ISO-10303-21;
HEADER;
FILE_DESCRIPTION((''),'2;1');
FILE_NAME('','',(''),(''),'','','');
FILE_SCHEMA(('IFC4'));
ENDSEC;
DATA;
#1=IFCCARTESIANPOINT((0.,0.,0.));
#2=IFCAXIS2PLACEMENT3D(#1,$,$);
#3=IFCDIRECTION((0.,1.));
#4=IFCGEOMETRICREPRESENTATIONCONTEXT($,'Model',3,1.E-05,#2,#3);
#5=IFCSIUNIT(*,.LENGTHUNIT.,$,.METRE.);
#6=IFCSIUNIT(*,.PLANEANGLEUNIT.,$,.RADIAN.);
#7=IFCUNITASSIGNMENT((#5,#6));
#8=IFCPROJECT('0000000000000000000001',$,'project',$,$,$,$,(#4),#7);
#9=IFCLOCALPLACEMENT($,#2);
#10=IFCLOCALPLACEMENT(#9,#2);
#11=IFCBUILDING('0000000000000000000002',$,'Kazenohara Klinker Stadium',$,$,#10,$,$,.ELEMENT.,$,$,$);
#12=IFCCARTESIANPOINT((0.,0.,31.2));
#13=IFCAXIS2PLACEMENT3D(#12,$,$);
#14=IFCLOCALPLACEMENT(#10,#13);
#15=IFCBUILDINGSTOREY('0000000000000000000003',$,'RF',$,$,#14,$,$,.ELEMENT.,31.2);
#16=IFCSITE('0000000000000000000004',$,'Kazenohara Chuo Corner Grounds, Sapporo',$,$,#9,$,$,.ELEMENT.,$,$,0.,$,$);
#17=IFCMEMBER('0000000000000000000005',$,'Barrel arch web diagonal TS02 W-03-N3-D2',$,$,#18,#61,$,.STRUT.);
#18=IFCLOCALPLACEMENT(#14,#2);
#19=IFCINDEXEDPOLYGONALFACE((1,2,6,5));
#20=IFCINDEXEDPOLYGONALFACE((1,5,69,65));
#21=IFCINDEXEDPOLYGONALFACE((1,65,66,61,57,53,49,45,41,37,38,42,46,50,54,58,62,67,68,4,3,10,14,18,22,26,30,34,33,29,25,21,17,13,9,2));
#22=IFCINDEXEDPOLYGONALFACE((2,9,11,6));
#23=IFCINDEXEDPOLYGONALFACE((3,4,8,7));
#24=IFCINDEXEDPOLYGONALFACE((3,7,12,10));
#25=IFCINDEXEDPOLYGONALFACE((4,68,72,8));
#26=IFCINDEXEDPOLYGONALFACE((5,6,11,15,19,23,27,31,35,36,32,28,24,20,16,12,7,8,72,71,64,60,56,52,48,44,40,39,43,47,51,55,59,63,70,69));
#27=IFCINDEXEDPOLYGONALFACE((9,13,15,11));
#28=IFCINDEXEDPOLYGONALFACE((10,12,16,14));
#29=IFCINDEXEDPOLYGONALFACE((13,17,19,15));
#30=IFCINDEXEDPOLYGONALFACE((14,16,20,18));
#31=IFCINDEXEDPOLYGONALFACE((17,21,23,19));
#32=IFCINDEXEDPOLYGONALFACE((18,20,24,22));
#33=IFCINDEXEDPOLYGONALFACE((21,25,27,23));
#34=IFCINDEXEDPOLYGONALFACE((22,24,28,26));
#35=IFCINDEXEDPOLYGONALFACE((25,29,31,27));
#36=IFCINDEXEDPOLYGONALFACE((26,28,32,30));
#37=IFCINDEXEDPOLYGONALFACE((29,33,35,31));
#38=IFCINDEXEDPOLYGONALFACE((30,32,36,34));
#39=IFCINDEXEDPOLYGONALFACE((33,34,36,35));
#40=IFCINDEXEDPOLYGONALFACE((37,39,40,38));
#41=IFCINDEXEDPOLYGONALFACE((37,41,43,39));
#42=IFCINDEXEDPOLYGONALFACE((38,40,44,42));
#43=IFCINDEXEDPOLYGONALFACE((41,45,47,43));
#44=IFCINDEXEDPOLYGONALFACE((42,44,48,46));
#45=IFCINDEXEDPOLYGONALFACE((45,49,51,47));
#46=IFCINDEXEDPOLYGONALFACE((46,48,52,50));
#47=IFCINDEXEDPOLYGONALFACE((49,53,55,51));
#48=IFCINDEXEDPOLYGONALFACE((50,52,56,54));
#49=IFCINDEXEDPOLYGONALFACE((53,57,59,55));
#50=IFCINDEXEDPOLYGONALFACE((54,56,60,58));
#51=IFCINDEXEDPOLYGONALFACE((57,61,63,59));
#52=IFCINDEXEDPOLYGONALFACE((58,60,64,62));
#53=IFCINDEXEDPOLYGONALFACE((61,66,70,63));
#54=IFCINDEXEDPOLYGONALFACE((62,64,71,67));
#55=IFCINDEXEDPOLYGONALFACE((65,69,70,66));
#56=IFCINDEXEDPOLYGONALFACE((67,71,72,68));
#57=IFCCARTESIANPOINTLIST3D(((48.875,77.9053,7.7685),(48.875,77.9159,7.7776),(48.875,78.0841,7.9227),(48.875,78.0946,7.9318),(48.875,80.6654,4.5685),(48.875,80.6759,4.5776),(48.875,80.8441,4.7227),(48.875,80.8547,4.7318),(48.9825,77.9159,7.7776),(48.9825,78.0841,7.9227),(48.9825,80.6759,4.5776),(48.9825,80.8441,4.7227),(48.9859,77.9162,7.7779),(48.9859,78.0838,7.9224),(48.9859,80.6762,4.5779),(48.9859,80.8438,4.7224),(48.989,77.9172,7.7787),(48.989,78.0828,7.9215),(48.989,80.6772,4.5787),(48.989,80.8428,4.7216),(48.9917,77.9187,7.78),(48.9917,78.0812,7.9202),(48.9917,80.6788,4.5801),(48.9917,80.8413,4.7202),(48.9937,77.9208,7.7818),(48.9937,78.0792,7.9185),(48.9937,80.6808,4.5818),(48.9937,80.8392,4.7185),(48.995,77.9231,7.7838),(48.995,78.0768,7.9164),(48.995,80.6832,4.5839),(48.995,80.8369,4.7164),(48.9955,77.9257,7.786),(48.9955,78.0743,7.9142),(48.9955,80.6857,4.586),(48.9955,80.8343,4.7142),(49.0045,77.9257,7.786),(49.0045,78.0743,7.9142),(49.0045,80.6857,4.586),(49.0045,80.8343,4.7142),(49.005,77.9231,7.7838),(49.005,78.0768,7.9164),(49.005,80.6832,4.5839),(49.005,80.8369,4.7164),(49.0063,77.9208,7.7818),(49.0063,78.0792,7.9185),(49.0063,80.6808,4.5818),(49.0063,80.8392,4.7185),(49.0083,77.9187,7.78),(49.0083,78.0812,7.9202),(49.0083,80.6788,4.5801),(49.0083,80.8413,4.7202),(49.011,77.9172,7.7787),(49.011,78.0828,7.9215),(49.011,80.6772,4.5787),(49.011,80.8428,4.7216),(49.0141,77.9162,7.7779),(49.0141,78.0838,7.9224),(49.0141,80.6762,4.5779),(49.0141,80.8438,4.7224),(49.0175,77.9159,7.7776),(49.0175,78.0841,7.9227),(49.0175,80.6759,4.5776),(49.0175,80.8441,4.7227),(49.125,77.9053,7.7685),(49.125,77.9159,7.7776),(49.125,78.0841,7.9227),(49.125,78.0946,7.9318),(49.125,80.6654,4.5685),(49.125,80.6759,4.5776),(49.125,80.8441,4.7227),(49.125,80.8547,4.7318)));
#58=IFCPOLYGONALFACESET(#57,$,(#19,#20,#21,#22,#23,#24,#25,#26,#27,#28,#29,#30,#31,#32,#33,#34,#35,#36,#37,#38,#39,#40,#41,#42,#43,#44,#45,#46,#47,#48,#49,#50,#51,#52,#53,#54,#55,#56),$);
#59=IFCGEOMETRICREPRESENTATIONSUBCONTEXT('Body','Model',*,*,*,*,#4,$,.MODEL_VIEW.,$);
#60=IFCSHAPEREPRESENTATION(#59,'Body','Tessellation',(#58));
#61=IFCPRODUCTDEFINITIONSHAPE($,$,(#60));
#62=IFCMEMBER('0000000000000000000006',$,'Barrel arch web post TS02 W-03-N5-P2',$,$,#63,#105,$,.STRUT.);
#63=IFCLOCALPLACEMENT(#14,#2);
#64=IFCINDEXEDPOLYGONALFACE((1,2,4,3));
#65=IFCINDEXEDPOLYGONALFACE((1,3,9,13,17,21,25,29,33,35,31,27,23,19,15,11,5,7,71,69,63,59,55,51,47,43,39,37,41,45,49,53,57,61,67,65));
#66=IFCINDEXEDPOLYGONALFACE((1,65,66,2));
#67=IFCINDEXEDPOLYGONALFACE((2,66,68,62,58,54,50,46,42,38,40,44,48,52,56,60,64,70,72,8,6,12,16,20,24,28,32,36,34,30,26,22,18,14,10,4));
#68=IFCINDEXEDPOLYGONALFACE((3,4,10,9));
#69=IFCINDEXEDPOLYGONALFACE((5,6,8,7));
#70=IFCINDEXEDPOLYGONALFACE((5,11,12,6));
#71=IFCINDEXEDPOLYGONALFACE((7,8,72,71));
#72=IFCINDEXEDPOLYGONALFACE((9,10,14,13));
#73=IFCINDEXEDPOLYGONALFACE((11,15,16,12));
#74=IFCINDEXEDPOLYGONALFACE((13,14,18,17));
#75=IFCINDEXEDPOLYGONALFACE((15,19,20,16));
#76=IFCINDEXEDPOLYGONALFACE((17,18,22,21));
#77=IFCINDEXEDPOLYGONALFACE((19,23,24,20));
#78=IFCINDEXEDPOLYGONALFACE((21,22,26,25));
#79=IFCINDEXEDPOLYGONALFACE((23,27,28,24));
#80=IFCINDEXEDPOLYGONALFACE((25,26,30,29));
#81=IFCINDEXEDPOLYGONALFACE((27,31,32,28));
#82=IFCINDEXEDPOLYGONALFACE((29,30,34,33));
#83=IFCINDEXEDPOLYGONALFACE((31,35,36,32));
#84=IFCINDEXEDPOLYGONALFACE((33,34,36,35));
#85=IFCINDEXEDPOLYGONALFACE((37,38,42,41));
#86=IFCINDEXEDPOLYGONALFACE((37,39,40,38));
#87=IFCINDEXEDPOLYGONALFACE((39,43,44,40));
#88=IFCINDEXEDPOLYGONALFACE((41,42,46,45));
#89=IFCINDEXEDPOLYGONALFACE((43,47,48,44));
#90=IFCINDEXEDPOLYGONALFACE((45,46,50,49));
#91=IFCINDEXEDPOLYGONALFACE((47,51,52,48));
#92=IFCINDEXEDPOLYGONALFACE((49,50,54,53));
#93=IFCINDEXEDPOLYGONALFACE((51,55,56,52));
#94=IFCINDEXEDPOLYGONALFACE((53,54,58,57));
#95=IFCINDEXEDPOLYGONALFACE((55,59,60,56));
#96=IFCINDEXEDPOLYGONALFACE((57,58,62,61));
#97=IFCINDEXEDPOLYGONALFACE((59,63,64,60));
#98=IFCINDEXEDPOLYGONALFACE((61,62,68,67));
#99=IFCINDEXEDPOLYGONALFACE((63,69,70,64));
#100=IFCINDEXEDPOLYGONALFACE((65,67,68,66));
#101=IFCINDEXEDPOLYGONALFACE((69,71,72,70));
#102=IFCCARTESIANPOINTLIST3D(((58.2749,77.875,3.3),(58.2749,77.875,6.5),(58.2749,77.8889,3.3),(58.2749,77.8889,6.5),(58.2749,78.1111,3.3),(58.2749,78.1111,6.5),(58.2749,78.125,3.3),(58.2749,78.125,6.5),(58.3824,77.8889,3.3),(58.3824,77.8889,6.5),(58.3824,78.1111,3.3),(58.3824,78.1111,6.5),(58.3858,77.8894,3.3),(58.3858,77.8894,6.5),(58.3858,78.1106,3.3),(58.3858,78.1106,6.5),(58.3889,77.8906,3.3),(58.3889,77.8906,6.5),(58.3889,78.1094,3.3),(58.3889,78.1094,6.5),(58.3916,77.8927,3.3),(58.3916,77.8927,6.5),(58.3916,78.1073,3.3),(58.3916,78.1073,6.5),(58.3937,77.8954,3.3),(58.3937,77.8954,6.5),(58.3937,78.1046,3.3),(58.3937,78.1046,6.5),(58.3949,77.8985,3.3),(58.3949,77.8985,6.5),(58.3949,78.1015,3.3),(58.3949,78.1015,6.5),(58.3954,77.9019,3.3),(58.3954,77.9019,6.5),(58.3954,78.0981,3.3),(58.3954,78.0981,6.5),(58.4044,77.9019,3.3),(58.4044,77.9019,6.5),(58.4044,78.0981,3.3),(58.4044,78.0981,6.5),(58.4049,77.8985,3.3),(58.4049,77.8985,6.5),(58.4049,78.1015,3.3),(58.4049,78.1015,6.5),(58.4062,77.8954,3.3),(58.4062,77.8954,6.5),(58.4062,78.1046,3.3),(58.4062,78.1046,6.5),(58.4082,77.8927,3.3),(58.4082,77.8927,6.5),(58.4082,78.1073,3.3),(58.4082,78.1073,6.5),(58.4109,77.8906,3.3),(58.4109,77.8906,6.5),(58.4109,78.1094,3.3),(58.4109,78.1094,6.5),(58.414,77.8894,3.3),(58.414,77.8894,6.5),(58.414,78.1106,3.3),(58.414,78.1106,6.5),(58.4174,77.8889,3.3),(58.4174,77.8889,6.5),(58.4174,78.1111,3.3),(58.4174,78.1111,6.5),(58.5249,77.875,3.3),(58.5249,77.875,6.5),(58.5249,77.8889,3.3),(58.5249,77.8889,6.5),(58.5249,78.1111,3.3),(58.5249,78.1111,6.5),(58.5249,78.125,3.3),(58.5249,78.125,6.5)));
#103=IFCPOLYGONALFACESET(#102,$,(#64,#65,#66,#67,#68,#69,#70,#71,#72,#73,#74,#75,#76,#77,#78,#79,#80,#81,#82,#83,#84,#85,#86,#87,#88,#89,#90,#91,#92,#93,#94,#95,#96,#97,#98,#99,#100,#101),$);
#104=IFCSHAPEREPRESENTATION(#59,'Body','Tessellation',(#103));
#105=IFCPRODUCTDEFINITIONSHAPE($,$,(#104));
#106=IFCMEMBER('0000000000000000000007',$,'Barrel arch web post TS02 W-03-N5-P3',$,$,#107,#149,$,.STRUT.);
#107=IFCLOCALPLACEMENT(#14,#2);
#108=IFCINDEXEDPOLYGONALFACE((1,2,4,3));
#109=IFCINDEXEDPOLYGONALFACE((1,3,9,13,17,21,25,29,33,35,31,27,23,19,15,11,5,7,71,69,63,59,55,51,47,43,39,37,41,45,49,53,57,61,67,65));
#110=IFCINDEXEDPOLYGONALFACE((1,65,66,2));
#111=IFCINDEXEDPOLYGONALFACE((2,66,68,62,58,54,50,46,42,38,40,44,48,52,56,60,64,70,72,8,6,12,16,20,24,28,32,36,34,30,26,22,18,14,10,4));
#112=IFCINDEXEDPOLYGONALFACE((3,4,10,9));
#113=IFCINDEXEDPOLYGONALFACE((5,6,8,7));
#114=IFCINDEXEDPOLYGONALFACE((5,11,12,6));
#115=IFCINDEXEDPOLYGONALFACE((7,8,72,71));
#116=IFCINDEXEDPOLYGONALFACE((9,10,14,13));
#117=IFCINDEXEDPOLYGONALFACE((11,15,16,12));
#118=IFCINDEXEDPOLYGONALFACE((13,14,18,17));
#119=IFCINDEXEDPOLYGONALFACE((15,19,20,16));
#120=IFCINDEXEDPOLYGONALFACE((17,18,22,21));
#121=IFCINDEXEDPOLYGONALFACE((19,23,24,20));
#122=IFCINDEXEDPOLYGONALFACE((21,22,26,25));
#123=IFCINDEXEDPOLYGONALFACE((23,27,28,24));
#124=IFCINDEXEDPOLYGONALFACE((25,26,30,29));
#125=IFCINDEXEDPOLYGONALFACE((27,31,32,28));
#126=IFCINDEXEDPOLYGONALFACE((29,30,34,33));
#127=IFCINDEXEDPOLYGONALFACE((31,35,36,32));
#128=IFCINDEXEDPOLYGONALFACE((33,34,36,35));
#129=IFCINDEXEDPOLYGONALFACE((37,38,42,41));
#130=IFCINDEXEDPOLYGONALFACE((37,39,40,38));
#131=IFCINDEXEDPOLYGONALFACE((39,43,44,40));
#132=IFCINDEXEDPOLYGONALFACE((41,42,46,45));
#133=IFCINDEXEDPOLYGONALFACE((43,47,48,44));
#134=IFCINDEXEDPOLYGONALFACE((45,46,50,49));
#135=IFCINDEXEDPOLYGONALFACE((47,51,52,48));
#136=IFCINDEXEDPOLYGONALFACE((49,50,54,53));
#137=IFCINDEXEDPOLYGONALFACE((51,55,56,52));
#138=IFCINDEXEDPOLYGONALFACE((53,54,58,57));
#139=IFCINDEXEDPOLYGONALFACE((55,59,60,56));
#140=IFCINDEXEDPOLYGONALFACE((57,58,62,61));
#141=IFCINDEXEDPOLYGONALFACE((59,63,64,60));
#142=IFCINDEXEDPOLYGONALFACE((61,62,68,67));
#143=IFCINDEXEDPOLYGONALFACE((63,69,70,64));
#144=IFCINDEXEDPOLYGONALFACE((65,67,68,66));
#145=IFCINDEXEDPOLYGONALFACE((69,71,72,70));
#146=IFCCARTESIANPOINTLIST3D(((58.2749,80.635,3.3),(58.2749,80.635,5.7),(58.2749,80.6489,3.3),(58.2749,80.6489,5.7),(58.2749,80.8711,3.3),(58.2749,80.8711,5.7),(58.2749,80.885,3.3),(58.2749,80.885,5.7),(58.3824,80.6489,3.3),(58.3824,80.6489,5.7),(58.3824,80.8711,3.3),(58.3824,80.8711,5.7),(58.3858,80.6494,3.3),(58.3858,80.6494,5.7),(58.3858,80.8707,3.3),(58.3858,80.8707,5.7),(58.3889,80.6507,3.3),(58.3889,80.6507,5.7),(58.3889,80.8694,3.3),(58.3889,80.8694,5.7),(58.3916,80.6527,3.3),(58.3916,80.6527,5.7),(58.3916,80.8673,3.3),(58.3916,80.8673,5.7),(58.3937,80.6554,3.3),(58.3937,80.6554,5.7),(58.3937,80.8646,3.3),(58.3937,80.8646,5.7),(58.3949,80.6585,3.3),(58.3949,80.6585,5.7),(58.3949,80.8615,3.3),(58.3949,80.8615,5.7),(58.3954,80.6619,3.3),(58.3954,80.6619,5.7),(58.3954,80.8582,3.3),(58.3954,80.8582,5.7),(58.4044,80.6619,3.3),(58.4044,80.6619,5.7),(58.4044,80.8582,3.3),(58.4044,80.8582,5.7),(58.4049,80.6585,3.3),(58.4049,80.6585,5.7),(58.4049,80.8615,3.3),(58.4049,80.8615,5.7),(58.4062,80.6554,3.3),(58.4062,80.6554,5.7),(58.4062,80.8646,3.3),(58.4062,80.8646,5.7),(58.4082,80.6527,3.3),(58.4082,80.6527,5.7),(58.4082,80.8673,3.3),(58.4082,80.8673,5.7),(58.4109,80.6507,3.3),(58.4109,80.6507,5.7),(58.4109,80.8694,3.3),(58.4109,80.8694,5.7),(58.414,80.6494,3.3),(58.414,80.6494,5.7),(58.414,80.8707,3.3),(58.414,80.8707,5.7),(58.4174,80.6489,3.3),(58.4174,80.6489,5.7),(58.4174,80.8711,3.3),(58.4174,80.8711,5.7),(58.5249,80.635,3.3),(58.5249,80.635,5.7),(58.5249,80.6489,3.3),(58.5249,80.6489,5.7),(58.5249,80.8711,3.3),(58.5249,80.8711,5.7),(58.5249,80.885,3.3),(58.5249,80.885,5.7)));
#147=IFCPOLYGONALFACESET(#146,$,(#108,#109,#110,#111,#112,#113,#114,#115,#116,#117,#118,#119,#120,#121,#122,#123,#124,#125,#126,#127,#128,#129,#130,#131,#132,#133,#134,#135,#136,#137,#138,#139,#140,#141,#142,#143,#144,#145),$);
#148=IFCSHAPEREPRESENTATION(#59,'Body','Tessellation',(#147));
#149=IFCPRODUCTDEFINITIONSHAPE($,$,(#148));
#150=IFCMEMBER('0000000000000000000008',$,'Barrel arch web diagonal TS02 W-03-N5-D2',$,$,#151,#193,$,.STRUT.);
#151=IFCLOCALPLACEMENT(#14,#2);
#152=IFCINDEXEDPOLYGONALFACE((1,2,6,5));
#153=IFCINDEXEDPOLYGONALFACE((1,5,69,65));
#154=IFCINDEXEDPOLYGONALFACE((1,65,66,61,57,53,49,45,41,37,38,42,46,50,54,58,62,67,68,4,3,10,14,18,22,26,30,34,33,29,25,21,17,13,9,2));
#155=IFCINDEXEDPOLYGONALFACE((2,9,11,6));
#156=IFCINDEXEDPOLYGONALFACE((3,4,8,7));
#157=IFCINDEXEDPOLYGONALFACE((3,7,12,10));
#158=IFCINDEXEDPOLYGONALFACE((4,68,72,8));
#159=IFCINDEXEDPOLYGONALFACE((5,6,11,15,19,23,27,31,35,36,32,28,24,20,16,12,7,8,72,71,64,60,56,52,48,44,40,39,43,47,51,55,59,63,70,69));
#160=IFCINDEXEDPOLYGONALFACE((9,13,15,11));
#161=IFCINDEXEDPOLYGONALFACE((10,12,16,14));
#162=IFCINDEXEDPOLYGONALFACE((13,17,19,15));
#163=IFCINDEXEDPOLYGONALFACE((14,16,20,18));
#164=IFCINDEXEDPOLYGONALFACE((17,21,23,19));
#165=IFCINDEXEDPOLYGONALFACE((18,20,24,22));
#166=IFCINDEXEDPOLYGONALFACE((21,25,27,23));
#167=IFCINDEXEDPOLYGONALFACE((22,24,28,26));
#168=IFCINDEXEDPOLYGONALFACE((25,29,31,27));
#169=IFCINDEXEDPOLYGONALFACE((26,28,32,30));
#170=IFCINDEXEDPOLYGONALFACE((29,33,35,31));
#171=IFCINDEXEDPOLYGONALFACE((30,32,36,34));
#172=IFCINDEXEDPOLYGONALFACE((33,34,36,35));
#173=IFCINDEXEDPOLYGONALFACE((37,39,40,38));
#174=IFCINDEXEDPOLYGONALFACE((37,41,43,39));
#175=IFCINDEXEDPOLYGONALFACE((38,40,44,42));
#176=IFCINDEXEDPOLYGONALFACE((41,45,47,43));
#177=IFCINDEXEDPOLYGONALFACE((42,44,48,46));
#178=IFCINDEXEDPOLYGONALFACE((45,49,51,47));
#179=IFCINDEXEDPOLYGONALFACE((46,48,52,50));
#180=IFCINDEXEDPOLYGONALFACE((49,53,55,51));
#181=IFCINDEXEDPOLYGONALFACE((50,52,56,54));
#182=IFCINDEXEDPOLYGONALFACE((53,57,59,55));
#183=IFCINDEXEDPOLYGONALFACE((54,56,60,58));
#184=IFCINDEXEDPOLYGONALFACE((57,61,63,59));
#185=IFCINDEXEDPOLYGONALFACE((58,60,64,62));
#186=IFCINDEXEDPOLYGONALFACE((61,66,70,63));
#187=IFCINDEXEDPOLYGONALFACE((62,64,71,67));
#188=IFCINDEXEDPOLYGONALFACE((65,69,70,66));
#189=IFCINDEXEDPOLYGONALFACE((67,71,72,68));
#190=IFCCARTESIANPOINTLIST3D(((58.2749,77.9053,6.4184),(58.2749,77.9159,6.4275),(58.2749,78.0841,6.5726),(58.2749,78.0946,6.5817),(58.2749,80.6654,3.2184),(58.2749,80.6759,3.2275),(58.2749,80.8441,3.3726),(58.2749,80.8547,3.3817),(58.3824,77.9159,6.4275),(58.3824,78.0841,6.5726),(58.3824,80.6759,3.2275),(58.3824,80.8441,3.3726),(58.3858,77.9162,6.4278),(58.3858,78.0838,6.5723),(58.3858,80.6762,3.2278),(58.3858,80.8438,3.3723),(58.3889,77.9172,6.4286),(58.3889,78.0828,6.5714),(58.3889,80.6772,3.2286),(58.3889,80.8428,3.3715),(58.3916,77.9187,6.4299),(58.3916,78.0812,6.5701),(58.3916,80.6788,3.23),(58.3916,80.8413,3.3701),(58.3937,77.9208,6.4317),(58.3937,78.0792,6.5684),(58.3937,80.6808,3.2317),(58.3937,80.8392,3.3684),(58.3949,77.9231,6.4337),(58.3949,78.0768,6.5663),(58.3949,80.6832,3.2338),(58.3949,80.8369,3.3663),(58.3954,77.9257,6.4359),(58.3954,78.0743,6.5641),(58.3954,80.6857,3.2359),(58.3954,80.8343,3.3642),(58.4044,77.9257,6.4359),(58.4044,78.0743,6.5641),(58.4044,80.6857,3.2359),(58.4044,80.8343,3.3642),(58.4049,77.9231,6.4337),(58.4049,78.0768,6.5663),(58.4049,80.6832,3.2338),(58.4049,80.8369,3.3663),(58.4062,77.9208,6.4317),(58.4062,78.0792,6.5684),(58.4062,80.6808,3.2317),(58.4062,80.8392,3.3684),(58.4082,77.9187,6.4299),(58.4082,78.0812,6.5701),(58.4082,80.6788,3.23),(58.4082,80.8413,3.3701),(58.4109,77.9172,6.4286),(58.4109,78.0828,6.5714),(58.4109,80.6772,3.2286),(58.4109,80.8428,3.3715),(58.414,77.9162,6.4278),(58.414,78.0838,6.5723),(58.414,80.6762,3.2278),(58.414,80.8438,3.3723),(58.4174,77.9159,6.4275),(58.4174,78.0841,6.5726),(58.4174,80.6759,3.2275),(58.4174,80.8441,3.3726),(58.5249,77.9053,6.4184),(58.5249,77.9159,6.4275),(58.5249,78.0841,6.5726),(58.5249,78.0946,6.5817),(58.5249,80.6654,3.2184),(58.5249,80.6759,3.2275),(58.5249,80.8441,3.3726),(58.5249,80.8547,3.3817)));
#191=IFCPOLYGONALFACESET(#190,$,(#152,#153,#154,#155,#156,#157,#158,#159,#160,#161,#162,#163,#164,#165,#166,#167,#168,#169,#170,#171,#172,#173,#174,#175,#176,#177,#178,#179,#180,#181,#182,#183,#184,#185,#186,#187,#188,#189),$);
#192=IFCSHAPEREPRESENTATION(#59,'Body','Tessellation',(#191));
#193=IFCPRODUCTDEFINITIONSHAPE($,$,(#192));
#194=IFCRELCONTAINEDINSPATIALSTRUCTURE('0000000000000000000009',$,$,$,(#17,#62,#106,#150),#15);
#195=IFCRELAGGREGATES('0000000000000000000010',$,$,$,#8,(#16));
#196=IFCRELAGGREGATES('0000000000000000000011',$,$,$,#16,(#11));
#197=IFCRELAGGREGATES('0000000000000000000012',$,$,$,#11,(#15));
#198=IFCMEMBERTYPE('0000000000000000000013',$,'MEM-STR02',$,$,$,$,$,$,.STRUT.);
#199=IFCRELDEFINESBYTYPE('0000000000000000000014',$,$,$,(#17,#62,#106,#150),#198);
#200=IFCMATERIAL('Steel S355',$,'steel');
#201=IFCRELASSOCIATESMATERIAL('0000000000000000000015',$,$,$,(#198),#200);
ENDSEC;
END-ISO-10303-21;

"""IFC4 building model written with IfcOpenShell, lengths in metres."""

from ifc_helpers import new_model, si_unit, direction, frame, origin, origin_2d, place, context, subcontext, project, spatial, i_section, extrude, material, material_profile, profile_set, type_object, element, save


model = new_model("IFC4")

# Units and contexts
model_context = context("Model", 3, precision=1e-05, world=origin(), true_north=direction((0.0, 1.0)))
body_context = subcontext(model_context, "Body", "Model", "MODEL_VIEW")
ifc_project = project(units=[si_unit("LENGTHUNIT", "METRE"), si_unit("PLANEANGLEUNIT", "RADIAN")], contexts=[model_context])

# Site, building, storey
site_placement = place(None, origin())
site = spatial("IfcSite", under=ifc_project, at=site_placement, Name="Kazenohara Chuo Corner Grounds, Sapporo", CompositionType="ELEMENT", RefElevation=0.0)
building_placement = place(site_placement, origin())
building = spatial("IfcBuilding", under=site, at=building_placement, Name="Kazenohara Klinker Stadium", CompositionType="ELEMENT")
storey_placement = place(building_placement, frame((0.0, 0.0, 31.2)))
storey = spatial("IfcBuildingStorey", under=building, at=storey_placement, Name="RF", CompositionType="ELEMENT", Elevation=31.2)

# Members
ifc_material_1 = material(Name="Steel S355", Category="steel")
ifc_material_profile_1 = material_profile(ifc_material_1, i_section(OverallWidth=0.25, OverallDepth=0.25, WebThickness=0.009, FlangeThickness=0.0139, FilletRadius=0.0129, at=origin_2d()), Name="H-250x250x9x14")
ifc_profile_set_1 = profile_set([ifc_material_profile_1], Name="Steel S355")
member_type_1 = type_object("IfcMemberType", Name="MEM-STR02", PredefinedType="STRUT", material=ifc_profile_set_1)
member_1_placement = place(storey_placement, frame((49.0, 80.76, 4.6501), z_axis=(0.0, -0.653134, 0.757242), x_axis=(1.0, 0.0, 0.0)))
element("IfcMember", 1, at=member_1_placement, inside=storey, type_object=member_type_1, Name="Barrel arch web diagonal TS02 W-03-N3-D2", PredefinedType="STRUT", context=body_context, shape_type="SweptSolid", body=[
    extrude(i_section(OverallWidth=0.25, OverallDepth=0.25, WebThickness=0.009, FlangeThickness=0.0139, FilletRadius=0.0129, at=origin_2d()), origin(), (0.0, 0.0, 1.0), 4.2258),
])
member_2_placement = place(storey_placement, frame((58.3999, 78.0, 3.3), z_axis=(0.0, 0.0, 1.0), x_axis=(1.0, 0.0, 0.0)))
element("IfcMember", 2, at=member_2_placement, inside=storey, type_object=member_type_1, Name="Barrel arch web post TS02 W-03-N5-P2", PredefinedType="STRUT", context=body_context, shape_type="SweptSolid", body=[
    extrude(i_section(OverallWidth=0.25, OverallDepth=0.25, WebThickness=0.009, FlangeThickness=0.0139, FilletRadius=0.0129, at=origin_2d()), origin(), (0.0, 0.0, 1.0), 3.2),
])
member_3_placement = place(storey_placement, frame((58.3999, 80.76, 3.3), z_axis=(0.0, 0.0, 1.0), x_axis=(1.0, 0.0, 0.0)))
element("IfcMember", 3, at=member_3_placement, inside=storey, type_object=member_type_1, Name="Barrel arch web post TS02 W-03-N5-P3", PredefinedType="STRUT", context=body_context, shape_type="SweptSolid", body=[
    extrude(i_section(OverallWidth=0.25, OverallDepth=0.25, WebThickness=0.009, FlangeThickness=0.0139, FilletRadius=0.0129, at=origin_2d()), origin(), (0.0, 0.0, 1.0), 2.3999),
])
member_4_placement = place(storey_placement, frame((58.3999, 80.76, 3.3), z_axis=(0.0, -0.653134, 0.757242), x_axis=(1.0, 0.0, 0.0)))
element("IfcMember", 4, at=member_4_placement, inside=storey, type_object=member_type_1, Name="Barrel arch web diagonal TS02 W-03-N5-D2", PredefinedType="STRUT", context=body_context, shape_type="SweptSolid", body=[
    extrude(i_section(OverallWidth=0.25, OverallDepth=0.25, WebThickness=0.009, FlangeThickness=0.0139, FilletRadius=0.0129, at=origin_2d()), origin(), (0.0, 0.0, 1.0), 4.2258),
])

save(model, "model.ifc")
